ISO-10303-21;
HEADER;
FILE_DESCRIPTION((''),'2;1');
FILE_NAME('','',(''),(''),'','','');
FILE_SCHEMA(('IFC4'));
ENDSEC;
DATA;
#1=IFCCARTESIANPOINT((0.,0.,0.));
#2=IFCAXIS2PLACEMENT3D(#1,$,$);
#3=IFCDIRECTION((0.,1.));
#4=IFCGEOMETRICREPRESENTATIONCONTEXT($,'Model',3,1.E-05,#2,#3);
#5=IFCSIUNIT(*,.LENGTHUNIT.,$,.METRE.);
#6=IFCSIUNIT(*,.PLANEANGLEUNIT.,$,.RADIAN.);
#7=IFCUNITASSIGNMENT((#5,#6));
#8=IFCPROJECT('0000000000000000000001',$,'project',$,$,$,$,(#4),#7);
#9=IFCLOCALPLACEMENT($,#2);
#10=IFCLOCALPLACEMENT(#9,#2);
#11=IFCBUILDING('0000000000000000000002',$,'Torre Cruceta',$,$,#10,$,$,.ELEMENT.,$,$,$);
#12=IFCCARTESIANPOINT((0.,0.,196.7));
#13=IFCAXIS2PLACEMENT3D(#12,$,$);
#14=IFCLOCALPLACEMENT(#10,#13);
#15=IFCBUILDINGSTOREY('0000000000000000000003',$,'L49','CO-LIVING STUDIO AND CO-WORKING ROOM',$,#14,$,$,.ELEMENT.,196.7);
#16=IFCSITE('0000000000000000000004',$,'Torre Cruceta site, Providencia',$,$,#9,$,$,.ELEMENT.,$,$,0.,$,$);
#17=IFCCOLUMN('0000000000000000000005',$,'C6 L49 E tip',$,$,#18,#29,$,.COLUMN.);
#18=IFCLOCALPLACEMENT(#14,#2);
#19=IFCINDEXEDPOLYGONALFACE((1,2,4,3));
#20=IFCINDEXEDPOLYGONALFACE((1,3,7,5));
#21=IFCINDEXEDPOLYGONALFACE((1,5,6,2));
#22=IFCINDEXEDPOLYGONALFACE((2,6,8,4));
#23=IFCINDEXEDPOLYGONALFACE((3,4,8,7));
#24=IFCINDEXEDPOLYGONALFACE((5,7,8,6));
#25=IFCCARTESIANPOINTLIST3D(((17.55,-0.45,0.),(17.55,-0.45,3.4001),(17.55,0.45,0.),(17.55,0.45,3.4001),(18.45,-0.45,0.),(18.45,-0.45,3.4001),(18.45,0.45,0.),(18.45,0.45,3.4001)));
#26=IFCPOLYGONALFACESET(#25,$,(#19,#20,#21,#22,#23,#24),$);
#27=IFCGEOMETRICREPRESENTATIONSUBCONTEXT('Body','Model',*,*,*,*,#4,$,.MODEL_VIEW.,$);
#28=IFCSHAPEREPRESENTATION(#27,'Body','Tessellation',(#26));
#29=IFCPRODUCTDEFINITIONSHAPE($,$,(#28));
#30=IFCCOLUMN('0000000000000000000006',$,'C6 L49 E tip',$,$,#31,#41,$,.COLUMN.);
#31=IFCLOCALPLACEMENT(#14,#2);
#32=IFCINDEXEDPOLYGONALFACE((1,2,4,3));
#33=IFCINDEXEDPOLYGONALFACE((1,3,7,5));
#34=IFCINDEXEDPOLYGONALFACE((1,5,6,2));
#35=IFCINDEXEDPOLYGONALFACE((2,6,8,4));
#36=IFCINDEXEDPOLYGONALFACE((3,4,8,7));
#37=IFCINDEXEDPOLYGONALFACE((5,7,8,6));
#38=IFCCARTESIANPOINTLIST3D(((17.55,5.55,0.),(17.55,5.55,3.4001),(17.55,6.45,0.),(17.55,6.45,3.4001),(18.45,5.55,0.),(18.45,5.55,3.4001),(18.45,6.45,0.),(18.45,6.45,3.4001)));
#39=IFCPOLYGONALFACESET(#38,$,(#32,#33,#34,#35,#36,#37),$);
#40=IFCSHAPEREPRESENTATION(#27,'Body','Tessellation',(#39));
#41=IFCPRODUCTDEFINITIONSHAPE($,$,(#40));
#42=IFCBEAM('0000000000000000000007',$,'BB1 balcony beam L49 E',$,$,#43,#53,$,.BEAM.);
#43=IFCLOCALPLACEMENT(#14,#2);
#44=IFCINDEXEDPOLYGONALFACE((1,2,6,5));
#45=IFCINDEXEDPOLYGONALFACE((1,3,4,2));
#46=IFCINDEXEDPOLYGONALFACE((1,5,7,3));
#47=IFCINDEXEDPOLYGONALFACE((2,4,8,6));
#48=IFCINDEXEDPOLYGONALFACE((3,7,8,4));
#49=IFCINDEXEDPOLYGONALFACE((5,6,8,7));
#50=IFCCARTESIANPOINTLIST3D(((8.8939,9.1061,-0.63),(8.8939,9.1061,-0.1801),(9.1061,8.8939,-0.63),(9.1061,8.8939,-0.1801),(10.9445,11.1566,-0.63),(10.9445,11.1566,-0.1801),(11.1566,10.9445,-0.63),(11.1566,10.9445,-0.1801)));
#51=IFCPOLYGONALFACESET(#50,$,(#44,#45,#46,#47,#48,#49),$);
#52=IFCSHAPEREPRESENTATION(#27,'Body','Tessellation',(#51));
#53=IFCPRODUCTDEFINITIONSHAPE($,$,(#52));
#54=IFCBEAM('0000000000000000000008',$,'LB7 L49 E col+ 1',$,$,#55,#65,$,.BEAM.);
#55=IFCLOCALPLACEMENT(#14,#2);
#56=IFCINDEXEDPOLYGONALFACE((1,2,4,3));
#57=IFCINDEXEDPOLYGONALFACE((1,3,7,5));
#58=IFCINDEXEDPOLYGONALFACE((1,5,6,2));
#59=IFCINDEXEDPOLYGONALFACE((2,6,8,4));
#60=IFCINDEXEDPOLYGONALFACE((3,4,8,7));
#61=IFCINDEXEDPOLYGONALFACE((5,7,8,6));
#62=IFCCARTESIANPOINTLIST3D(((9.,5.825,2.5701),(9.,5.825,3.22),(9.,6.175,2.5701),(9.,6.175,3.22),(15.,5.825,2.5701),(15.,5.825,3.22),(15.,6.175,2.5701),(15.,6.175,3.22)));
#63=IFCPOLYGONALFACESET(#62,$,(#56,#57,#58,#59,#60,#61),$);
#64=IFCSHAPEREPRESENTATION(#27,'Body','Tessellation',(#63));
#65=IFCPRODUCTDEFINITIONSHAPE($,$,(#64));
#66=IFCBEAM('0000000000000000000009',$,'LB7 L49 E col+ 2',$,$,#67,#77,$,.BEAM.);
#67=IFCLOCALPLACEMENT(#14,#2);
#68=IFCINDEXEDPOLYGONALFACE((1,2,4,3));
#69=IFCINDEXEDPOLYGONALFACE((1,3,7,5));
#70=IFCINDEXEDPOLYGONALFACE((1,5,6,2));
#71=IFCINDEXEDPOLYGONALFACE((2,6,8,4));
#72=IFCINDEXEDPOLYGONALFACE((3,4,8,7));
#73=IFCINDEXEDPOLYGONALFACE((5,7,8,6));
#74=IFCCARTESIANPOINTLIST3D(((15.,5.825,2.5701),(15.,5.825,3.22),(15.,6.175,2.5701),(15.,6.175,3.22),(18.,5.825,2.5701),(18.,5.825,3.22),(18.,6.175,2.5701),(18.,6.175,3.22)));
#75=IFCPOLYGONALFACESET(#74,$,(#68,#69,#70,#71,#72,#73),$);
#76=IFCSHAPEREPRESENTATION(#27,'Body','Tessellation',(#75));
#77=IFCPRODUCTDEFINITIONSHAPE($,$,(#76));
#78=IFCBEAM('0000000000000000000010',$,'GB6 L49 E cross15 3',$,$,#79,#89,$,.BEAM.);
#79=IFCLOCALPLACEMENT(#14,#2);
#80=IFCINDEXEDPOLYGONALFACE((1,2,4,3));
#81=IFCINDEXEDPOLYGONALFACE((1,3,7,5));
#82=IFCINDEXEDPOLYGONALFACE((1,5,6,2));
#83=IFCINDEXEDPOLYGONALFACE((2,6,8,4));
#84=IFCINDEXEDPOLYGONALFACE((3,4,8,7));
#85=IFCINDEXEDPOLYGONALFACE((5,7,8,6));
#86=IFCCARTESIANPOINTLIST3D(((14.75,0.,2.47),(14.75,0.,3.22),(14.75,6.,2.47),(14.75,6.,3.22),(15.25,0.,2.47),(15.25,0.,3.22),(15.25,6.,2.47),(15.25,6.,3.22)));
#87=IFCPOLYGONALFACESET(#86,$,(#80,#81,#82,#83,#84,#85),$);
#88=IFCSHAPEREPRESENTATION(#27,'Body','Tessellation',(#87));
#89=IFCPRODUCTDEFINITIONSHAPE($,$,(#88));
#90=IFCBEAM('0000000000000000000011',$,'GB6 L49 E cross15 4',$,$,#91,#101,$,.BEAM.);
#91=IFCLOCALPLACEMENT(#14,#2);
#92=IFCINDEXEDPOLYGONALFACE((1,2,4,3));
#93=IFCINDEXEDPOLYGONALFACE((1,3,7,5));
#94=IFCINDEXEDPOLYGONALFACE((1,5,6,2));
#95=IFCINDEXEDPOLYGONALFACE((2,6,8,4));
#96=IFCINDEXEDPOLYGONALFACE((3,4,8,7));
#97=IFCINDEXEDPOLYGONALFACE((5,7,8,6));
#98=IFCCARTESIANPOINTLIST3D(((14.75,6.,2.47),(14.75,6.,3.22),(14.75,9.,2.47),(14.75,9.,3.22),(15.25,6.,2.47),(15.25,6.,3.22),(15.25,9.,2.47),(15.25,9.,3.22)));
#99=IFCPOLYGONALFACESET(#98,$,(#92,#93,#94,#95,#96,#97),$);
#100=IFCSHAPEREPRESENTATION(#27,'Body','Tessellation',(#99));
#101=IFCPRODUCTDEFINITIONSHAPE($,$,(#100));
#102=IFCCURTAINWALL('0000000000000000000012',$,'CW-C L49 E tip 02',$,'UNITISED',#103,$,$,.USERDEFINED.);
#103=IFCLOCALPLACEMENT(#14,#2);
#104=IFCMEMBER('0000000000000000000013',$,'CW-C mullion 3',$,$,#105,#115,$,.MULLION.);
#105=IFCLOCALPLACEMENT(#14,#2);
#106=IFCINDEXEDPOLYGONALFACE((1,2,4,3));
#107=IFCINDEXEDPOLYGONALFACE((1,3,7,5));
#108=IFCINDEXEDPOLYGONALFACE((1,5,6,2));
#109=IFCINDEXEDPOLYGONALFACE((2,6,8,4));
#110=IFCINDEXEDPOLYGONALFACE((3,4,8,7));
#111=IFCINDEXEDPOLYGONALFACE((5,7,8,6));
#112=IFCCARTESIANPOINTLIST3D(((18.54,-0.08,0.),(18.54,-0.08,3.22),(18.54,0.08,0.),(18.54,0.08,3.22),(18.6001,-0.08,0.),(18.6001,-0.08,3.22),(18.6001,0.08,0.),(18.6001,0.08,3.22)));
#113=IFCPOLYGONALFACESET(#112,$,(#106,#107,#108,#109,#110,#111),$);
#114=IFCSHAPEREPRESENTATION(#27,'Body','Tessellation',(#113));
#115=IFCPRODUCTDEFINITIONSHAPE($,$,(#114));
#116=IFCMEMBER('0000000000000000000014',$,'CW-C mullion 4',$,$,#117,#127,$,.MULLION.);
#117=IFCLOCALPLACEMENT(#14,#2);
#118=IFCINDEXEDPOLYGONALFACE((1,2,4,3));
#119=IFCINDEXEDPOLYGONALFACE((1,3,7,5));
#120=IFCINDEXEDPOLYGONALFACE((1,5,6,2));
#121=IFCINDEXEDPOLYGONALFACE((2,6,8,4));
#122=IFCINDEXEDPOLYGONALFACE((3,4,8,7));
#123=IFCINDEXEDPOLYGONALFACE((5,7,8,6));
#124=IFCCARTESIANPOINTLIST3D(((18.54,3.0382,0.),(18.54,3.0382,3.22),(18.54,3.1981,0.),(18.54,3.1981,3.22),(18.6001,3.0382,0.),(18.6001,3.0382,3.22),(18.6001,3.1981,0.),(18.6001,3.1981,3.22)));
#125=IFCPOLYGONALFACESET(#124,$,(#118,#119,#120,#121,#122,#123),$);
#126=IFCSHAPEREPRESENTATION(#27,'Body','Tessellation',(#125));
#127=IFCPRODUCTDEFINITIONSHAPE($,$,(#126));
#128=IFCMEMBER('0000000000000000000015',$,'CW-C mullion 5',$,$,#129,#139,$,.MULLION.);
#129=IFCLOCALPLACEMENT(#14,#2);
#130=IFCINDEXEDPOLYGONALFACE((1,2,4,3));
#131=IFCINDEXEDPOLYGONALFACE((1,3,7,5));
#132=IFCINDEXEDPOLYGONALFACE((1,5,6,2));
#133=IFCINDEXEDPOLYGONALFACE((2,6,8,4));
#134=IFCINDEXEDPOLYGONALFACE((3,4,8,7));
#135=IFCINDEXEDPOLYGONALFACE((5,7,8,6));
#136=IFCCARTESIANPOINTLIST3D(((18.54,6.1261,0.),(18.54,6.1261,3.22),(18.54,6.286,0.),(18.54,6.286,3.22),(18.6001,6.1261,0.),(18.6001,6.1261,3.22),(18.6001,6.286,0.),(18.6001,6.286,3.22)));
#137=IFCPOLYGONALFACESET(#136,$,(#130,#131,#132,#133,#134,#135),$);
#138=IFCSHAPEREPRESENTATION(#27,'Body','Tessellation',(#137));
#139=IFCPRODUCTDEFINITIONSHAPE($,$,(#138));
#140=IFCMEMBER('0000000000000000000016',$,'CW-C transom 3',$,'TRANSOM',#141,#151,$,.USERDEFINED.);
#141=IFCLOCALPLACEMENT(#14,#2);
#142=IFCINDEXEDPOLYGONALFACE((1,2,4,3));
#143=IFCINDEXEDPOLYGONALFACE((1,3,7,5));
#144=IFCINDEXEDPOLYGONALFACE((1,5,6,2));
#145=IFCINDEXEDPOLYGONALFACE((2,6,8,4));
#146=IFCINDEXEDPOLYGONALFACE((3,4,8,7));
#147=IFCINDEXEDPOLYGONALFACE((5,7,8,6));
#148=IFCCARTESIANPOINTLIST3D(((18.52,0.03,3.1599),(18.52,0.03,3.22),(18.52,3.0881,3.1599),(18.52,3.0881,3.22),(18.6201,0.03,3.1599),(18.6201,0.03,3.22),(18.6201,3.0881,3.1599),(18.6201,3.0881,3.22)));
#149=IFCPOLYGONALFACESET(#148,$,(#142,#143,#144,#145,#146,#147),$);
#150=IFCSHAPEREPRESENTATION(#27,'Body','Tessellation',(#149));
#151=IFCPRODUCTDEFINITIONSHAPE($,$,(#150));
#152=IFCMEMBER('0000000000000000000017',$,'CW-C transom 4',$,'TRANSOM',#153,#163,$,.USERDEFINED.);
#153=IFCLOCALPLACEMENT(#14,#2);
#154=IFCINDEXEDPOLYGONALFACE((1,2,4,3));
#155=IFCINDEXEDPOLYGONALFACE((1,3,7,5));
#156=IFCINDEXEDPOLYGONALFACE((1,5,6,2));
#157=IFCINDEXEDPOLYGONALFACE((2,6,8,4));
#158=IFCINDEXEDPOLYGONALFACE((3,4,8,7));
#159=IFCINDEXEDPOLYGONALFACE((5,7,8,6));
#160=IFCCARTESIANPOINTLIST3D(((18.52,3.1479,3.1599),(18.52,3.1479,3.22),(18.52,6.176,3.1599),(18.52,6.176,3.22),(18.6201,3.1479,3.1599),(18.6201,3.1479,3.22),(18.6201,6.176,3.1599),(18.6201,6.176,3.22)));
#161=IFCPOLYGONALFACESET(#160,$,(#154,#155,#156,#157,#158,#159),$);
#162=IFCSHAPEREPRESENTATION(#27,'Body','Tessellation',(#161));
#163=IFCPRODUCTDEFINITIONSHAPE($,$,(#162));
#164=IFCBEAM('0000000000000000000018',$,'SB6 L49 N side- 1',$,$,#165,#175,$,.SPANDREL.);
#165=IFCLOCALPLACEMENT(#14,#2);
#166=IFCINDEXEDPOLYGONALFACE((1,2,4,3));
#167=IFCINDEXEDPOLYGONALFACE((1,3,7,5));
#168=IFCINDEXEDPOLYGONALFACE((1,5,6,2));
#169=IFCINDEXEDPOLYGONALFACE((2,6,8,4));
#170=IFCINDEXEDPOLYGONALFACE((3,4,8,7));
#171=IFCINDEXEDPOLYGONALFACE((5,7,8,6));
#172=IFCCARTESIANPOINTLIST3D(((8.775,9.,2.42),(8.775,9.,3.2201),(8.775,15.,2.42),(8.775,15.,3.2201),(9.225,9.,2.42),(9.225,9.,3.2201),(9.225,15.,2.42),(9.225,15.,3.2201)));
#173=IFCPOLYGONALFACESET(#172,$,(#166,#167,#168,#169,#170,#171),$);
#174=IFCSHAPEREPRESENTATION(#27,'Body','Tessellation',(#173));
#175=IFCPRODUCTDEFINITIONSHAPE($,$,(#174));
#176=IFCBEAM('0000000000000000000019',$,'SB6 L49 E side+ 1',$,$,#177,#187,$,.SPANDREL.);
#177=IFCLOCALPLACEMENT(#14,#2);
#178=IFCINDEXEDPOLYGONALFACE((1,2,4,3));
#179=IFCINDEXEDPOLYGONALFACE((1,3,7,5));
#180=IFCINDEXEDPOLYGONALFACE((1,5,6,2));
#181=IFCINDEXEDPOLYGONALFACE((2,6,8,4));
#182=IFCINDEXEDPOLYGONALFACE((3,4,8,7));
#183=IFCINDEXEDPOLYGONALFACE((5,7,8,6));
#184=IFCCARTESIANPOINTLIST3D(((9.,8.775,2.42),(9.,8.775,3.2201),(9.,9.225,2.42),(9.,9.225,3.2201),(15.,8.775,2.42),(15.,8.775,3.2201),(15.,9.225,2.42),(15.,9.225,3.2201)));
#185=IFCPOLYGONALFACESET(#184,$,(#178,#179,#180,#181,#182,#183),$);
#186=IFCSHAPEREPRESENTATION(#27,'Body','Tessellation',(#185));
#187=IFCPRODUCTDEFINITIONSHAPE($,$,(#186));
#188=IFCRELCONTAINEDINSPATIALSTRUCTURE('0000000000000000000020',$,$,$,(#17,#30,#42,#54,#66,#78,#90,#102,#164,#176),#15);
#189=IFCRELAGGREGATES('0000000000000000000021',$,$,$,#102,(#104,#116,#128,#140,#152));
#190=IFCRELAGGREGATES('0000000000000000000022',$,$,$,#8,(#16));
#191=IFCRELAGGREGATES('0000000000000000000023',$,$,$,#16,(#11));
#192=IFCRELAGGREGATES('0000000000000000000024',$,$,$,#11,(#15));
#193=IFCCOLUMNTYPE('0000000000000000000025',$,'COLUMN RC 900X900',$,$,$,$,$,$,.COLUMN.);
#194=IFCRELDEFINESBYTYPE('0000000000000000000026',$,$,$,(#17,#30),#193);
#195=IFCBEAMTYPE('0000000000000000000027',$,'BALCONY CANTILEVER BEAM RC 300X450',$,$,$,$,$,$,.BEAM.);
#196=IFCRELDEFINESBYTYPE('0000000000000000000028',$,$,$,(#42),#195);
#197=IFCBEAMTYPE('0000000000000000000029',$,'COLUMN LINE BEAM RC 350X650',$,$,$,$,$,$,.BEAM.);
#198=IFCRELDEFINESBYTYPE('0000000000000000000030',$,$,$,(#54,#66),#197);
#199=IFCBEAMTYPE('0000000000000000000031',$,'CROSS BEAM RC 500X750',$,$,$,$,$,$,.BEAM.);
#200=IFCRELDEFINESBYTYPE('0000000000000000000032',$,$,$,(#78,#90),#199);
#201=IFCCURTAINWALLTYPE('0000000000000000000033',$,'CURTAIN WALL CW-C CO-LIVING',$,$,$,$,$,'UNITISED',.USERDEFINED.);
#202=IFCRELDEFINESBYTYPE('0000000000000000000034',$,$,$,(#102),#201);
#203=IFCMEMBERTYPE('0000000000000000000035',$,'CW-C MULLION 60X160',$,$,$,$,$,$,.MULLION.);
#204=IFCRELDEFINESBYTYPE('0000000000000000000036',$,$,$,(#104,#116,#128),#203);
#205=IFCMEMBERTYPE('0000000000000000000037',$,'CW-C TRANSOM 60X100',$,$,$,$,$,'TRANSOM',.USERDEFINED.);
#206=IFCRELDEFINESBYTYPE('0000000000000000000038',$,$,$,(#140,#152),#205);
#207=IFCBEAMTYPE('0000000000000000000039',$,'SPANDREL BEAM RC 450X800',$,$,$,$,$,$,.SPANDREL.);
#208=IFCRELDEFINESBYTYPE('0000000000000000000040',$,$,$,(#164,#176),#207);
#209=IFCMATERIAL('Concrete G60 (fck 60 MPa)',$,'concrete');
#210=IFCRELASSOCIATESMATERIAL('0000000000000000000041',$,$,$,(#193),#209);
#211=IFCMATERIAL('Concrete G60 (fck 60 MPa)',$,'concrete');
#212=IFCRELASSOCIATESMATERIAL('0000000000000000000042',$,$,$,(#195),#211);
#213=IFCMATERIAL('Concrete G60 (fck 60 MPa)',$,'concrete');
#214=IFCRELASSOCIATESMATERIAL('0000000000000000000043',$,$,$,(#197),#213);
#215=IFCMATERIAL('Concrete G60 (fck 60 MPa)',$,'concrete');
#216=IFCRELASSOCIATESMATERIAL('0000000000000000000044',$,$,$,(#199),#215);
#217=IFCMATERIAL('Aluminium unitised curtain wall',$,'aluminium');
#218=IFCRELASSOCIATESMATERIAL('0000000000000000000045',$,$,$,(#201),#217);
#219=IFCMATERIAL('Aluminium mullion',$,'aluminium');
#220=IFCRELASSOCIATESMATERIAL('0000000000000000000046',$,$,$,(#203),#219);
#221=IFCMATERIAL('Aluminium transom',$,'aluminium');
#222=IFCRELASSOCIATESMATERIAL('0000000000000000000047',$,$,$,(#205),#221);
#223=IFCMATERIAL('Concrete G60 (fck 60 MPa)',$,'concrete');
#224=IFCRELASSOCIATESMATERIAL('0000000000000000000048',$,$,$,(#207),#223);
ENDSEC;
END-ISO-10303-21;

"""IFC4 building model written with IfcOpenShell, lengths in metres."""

from ifc_helpers import new_model, si_unit, direction, frame, origin, origin_2d, place, context, subcontext, project, spatial, rectangle, extrude, material, material_profile, profile_set, type_object, element, aggregate, save


model = new_model("IFC4")

# Units and contexts
model_context = context("Model", 3, precision=1e-05, world=origin(), true_north=direction((0.0, 1.0)))
body_context = subcontext(model_context, "Body", "Model", "MODEL_VIEW")
ifc_project = project(units=[si_unit("LENGTHUNIT", "METRE"), si_unit("PLANEANGLEUNIT", "RADIAN")], contexts=[model_context])

# Site, building, storey
site_placement = place(None, origin())
site = spatial("IfcSite", under=ifc_project, at=site_placement, Name="Torre Cruceta site, Providencia", CompositionType="ELEMENT", RefElevation=0.0)
building_placement = place(site_placement, origin())
building = spatial("IfcBuilding", under=site, at=building_placement, Name="Torre Cruceta", CompositionType="ELEMENT")
storey_placement = place(building_placement, frame((0.0, 0.0, 196.7)))
storey = spatial("IfcBuildingStorey", under=building, at=storey_placement, Name="L49", Description="CO-LIVING STUDIO AND CO-WORKING ROOM", CompositionType="ELEMENT", Elevation=196.7)

# Columns
ifc_material_1 = material(Name="Concrete G60 (fck 60 MPa)", Category="concrete")
ifc_material_profile_1 = material_profile(ifc_material_1, rectangle(XDim=0.8999, YDim=0.8999, at=origin_2d()), Name="RC 900X900")
ifc_profile_set_1 = profile_set([ifc_material_profile_1], Name="Concrete G60 (fck 60 MPa)")
column_type = type_object("IfcColumnType", Name="COLUMN RC 900X900", PredefinedType="COLUMN", material=ifc_profile_set_1)
for number, where, z_axis, x_axis, name in (
    (1, (18.0, 0.0, 0.0), (0.0, 0.0, 1.0), (1.0, 0.0, 0.0), "C6 L49 E tip"),
    (2, (18.0, 6.0, 0.0), (0.0, 0.0, 1.0), (1.0, 0.0, 0.0), "C6 L49 E tip"),
):
    element("IfcColumn", number, at=place(storey_placement, frame(where, z_axis=z_axis, x_axis=x_axis)), inside=storey, type_object=column_type, Name=name, PredefinedType="COLUMN", context=body_context, shape_type="SweptSolid", body=[
        extrude(rectangle(XDim=0.8999, YDim=0.8999, at=origin_2d()), origin(), (0.0, 0.0, 1.0), 3.4001),
    ])

# Beams
ifc_material_2 = material(Name="Concrete G60 (fck 60 MPa)", Category="concrete")
ifc_material_profile_2 = material_profile(ifc_material_2, rectangle(XDim=0.3, YDim=0.45, at=origin_2d()), Name="RC 300X450")
ifc_profile_set_2 = profile_set([ifc_material_profile_2], Name="Concrete G60 (fck 60 MPa)")
beam_type_1 = type_object("IfcBeamType", Name="BALCONY CANTILEVER BEAM RC 300X450", PredefinedType="BEAM", material=ifc_profile_set_2)
beam_1_placement = place(storey_placement, frame((9.0, 9.0, -0.405), z_axis=(0.707107, 0.707107, 0.0), x_axis=(-0.707107, 0.707107, 0.0)))
element("IfcBeam", 3, at=beam_1_placement, inside=storey, type_object=beam_type_1, Name="BB1 balcony beam L49 E", PredefinedType="BEAM", context=body_context, shape_type="SweptSolid", body=[
    extrude(rectangle(XDim=0.3, YDim=0.45, at=origin_2d()), origin(), (0.0, 0.0, 1.0), 2.8999),
])
ifc_material_3 = material(Name="Concrete G60 (fck 60 MPa)", Category="concrete")
ifc_material_profile_3 = material_profile(ifc_material_3, rectangle(XDim=0.3501, YDim=0.6499, at=origin_2d()), Name="RC 350X650")
ifc_profile_set_3 = profile_set([ifc_material_profile_3], Name="Concrete G60 (fck 60 MPa)")
beam_type_2 = type_object("IfcBeamType", Name="COLUMN LINE BEAM RC 350X650", PredefinedType="BEAM", material=ifc_profile_set_3)
beam_2_placement = place(storey_placement, frame((9.0, 6.0, 2.895), z_axis=(1.0, 0.0, 0.0), x_axis=(0.0, 1.0, 0.0)))
element("IfcBeam", 4, at=beam_2_placement, inside=storey, type_object=beam_type_2, Name="LB7 L49 E col+ 1", PredefinedType="BEAM", context=body_context, shape_type="SweptSolid", body=[
    extrude(rectangle(XDim=0.3501, YDim=0.6499, at=origin_2d()), origin(), (0.0, 0.0, 1.0), 6.0),
])
beam_3_placement = place(storey_placement, frame((15.0, 6.0, 2.895), z_axis=(1.0, 0.0, 0.0), x_axis=(0.0, 1.0, 0.0)))
element("IfcBeam", 5, at=beam_3_placement, inside=storey, type_object=beam_type_2, Name="LB7 L49 E col+ 2", PredefinedType="BEAM", context=body_context, shape_type="SweptSolid", body=[
    extrude(rectangle(XDim=0.3501, YDim=0.6499, at=origin_2d()), origin(), (0.0, 0.0, 1.0), 3.0),
])
ifc_material_4 = material(Name="Concrete G60 (fck 60 MPa)", Category="concrete")
ifc_material_profile_4 = material_profile(ifc_material_4, rectangle(XDim=0.5, YDim=0.75, at=origin_2d()), Name="RC 500X750")
ifc_profile_set_4 = profile_set([ifc_material_profile_4], Name="Concrete G60 (fck 60 MPa)")
beam_type_3 = type_object("IfcBeamType", Name="CROSS BEAM RC 500X750", PredefinedType="BEAM", material=ifc_profile_set_4)
beam_4_placement = place(storey_placement, frame((15.0, 0.0, 2.845), z_axis=(0.0, 1.0, 0.0), x_axis=(-1.0, 0.0, 0.0)))
element("IfcBeam", 6, at=beam_4_placement, inside=storey, type_object=beam_type_3, Name="GB6 L49 E cross15 3", PredefinedType="BEAM", context=body_context, shape_type="SweptSolid", body=[
    extrude(rectangle(XDim=0.5, YDim=0.75, at=origin_2d()), origin(), (0.0, 0.0, 1.0), 6.0),
])
beam_5_placement = place(storey_placement, frame((15.0, 6.0, 2.845), z_axis=(0.0, 1.0, 0.0), x_axis=(-1.0, 0.0, 0.0)))
element("IfcBeam", 7, at=beam_5_placement, inside=storey, type_object=beam_type_3, Name="GB6 L49 E cross15 4", PredefinedType="BEAM", context=body_context, shape_type="SweptSolid", body=[
    extrude(rectangle(XDim=0.5, YDim=0.75, at=origin_2d()), origin(), (0.0, 0.0, 1.0), 3.0),
])

# Curtain wall, members
ifc_material_5 = material(Name="Aluminium unitised curtain wall", Category="aluminium")
curtain_wall_type = type_object("IfcCurtainWallType", Name="CURTAIN WALL CW-C CO-LIVING", ElementType="UNITISED", PredefinedType="USERDEFINED", material=ifc_material_5)
curtain_wall_placement = place(storey_placement, origin())
curtain_wall = element("IfcCurtainWall", 8, at=curtain_wall_placement, inside=storey, type_object=curtain_wall_type, Name="CW-C L49 E tip 02", ObjectType="UNITISED", PredefinedType="USERDEFINED")
ifc_material_6 = material(Name="Aluminium mullion", Category="aluminium")
ifc_material_profile_5 = material_profile(ifc_material_6, rectangle(XDim=0.0601, YDim=0.1599, at=origin_2d()), Name="AL 60X160")
ifc_profile_set_5 = profile_set([ifc_material_profile_5], Name="Aluminium mullion")
member_type_1 = type_object("IfcMemberType", Name="CW-C MULLION 60X160", PredefinedType="MULLION", material=ifc_profile_set_5)
member_1_placement = place(storey_placement, frame((18.5701, 0.0, 0.0), z_axis=(0.0, 0.0, 1.0), x_axis=(-1.0, 0.0, 0.0)))
member_1 = element("IfcMember", 9, at=member_1_placement, type_object=member_type_1, Name="CW-C mullion 3", PredefinedType="MULLION", context=body_context, shape_type="SweptSolid", body=[
    extrude(rectangle(XDim=0.0601, YDim=0.1599, at=origin_2d()), origin(), (0.0, 0.0, 1.0), 3.22),
])
member_2_placement = place(storey_placement, frame((18.5701, 3.1182, 0.0), z_axis=(0.0, 0.0, 1.0), x_axis=(-1.0, 0.0, 0.0)))
member_2 = element("IfcMember", 10, at=member_2_placement, type_object=member_type_1, Name="CW-C mullion 4", PredefinedType="MULLION", context=body_context, shape_type="SweptSolid", body=[
    extrude(rectangle(XDim=0.0601, YDim=0.1599, at=origin_2d()), origin(), (0.0, 0.0, 1.0), 3.22),
])
member_3_placement = place(storey_placement, frame((18.5701, 6.2061, 0.0), z_axis=(0.0, 0.0, 1.0), x_axis=(-1.0, 0.0, 0.0)))
member_3 = element("IfcMember", 11, at=member_3_placement, type_object=member_type_1, Name="CW-C mullion 5", PredefinedType="MULLION", context=body_context, shape_type="SweptSolid", body=[
    extrude(rectangle(XDim=0.0601, YDim=0.1599, at=origin_2d()), origin(), (0.0, 0.0, 1.0), 3.22),
])
ifc_material_7 = material(Name="Aluminium transom", Category="aluminium")
ifc_material_profile_6 = material_profile(ifc_material_7, rectangle(XDim=0.1001, YDim=0.0601, at=origin_2d()), Name="AL 100X60")
ifc_profile_set_6 = profile_set([ifc_material_profile_6], Name="Aluminium transom")
member_type_2 = type_object("IfcMemberType", Name="CW-C TRANSOM 60X100", ElementType="TRANSOM", PredefinedType="USERDEFINED", material=ifc_profile_set_6)
member_4_placement = place(storey_placement, frame((18.5701, 0.03, 3.1899), z_axis=(0.0, 1.0, 0.0), x_axis=(-1.0, 0.0, 0.0)))
member_4 = element("IfcMember", 12, at=member_4_placement, type_object=member_type_2, Name="CW-C transom 3", ObjectType="TRANSOM", PredefinedType="USERDEFINED", context=body_context, shape_type="SweptSolid", body=[
    extrude(rectangle(XDim=0.1001, YDim=0.0601, at=origin_2d()), origin(), (0.0, 0.0, 1.0), 3.0581),
])
member_5_placement = place(storey_placement, frame((18.5701, 3.1479, 3.1899), z_axis=(0.0, 1.0, 0.0), x_axis=(-1.0, 0.0, 0.0)))
member_5 = element("IfcMember", 13, at=member_5_placement, type_object=member_type_2, Name="CW-C transom 4", ObjectType="TRANSOM", PredefinedType="USERDEFINED", context=body_context, shape_type="SweptSolid", body=[
    extrude(rectangle(XDim=0.1001, YDim=0.0601, at=origin_2d()), origin(), (0.0, 0.0, 1.0), 3.0281),
])

# Beams
ifc_material_8 = material(Name="Concrete G60 (fck 60 MPa)", Category="concrete")
ifc_material_profile_7 = material_profile(ifc_material_8, rectangle(XDim=0.45, YDim=0.8, at=origin_2d()), Name="RC 450X800")
ifc_profile_set_7 = profile_set([ifc_material_profile_7], Name="Concrete G60 (fck 60 MPa)")
beam_type_4 = type_object("IfcBeamType", Name="SPANDREL BEAM RC 450X800", PredefinedType="SPANDREL", material=ifc_profile_set_7)
for number, where, z_axis, x_axis, name in (
    (14, (9.0, 9.0, 2.8201), (0.0, 1.0, 0.0), (-1.0, 0.0, 0.0), "SB6 L49 N side- 1"),
    (15, (9.0, 9.0, 2.8201), (1.0, 0.0, 0.0), (0.0, 1.0, 0.0), "SB6 L49 E side+ 1"),
):
    element("IfcBeam", number, at=place(storey_placement, frame(where, z_axis=z_axis, x_axis=x_axis)), inside=storey, type_object=beam_type_4, Name=name, PredefinedType="SPANDREL", context=body_context, shape_type="SweptSolid", body=[
        extrude(rectangle(XDim=0.45, YDim=0.8, at=origin_2d()), origin(), (0.0, 0.0, 1.0), 6.0),
    ])

aggregate(curtain_wall, [member_1, member_2, member_3, member_4, member_5])

save(model, "model.ifc")
